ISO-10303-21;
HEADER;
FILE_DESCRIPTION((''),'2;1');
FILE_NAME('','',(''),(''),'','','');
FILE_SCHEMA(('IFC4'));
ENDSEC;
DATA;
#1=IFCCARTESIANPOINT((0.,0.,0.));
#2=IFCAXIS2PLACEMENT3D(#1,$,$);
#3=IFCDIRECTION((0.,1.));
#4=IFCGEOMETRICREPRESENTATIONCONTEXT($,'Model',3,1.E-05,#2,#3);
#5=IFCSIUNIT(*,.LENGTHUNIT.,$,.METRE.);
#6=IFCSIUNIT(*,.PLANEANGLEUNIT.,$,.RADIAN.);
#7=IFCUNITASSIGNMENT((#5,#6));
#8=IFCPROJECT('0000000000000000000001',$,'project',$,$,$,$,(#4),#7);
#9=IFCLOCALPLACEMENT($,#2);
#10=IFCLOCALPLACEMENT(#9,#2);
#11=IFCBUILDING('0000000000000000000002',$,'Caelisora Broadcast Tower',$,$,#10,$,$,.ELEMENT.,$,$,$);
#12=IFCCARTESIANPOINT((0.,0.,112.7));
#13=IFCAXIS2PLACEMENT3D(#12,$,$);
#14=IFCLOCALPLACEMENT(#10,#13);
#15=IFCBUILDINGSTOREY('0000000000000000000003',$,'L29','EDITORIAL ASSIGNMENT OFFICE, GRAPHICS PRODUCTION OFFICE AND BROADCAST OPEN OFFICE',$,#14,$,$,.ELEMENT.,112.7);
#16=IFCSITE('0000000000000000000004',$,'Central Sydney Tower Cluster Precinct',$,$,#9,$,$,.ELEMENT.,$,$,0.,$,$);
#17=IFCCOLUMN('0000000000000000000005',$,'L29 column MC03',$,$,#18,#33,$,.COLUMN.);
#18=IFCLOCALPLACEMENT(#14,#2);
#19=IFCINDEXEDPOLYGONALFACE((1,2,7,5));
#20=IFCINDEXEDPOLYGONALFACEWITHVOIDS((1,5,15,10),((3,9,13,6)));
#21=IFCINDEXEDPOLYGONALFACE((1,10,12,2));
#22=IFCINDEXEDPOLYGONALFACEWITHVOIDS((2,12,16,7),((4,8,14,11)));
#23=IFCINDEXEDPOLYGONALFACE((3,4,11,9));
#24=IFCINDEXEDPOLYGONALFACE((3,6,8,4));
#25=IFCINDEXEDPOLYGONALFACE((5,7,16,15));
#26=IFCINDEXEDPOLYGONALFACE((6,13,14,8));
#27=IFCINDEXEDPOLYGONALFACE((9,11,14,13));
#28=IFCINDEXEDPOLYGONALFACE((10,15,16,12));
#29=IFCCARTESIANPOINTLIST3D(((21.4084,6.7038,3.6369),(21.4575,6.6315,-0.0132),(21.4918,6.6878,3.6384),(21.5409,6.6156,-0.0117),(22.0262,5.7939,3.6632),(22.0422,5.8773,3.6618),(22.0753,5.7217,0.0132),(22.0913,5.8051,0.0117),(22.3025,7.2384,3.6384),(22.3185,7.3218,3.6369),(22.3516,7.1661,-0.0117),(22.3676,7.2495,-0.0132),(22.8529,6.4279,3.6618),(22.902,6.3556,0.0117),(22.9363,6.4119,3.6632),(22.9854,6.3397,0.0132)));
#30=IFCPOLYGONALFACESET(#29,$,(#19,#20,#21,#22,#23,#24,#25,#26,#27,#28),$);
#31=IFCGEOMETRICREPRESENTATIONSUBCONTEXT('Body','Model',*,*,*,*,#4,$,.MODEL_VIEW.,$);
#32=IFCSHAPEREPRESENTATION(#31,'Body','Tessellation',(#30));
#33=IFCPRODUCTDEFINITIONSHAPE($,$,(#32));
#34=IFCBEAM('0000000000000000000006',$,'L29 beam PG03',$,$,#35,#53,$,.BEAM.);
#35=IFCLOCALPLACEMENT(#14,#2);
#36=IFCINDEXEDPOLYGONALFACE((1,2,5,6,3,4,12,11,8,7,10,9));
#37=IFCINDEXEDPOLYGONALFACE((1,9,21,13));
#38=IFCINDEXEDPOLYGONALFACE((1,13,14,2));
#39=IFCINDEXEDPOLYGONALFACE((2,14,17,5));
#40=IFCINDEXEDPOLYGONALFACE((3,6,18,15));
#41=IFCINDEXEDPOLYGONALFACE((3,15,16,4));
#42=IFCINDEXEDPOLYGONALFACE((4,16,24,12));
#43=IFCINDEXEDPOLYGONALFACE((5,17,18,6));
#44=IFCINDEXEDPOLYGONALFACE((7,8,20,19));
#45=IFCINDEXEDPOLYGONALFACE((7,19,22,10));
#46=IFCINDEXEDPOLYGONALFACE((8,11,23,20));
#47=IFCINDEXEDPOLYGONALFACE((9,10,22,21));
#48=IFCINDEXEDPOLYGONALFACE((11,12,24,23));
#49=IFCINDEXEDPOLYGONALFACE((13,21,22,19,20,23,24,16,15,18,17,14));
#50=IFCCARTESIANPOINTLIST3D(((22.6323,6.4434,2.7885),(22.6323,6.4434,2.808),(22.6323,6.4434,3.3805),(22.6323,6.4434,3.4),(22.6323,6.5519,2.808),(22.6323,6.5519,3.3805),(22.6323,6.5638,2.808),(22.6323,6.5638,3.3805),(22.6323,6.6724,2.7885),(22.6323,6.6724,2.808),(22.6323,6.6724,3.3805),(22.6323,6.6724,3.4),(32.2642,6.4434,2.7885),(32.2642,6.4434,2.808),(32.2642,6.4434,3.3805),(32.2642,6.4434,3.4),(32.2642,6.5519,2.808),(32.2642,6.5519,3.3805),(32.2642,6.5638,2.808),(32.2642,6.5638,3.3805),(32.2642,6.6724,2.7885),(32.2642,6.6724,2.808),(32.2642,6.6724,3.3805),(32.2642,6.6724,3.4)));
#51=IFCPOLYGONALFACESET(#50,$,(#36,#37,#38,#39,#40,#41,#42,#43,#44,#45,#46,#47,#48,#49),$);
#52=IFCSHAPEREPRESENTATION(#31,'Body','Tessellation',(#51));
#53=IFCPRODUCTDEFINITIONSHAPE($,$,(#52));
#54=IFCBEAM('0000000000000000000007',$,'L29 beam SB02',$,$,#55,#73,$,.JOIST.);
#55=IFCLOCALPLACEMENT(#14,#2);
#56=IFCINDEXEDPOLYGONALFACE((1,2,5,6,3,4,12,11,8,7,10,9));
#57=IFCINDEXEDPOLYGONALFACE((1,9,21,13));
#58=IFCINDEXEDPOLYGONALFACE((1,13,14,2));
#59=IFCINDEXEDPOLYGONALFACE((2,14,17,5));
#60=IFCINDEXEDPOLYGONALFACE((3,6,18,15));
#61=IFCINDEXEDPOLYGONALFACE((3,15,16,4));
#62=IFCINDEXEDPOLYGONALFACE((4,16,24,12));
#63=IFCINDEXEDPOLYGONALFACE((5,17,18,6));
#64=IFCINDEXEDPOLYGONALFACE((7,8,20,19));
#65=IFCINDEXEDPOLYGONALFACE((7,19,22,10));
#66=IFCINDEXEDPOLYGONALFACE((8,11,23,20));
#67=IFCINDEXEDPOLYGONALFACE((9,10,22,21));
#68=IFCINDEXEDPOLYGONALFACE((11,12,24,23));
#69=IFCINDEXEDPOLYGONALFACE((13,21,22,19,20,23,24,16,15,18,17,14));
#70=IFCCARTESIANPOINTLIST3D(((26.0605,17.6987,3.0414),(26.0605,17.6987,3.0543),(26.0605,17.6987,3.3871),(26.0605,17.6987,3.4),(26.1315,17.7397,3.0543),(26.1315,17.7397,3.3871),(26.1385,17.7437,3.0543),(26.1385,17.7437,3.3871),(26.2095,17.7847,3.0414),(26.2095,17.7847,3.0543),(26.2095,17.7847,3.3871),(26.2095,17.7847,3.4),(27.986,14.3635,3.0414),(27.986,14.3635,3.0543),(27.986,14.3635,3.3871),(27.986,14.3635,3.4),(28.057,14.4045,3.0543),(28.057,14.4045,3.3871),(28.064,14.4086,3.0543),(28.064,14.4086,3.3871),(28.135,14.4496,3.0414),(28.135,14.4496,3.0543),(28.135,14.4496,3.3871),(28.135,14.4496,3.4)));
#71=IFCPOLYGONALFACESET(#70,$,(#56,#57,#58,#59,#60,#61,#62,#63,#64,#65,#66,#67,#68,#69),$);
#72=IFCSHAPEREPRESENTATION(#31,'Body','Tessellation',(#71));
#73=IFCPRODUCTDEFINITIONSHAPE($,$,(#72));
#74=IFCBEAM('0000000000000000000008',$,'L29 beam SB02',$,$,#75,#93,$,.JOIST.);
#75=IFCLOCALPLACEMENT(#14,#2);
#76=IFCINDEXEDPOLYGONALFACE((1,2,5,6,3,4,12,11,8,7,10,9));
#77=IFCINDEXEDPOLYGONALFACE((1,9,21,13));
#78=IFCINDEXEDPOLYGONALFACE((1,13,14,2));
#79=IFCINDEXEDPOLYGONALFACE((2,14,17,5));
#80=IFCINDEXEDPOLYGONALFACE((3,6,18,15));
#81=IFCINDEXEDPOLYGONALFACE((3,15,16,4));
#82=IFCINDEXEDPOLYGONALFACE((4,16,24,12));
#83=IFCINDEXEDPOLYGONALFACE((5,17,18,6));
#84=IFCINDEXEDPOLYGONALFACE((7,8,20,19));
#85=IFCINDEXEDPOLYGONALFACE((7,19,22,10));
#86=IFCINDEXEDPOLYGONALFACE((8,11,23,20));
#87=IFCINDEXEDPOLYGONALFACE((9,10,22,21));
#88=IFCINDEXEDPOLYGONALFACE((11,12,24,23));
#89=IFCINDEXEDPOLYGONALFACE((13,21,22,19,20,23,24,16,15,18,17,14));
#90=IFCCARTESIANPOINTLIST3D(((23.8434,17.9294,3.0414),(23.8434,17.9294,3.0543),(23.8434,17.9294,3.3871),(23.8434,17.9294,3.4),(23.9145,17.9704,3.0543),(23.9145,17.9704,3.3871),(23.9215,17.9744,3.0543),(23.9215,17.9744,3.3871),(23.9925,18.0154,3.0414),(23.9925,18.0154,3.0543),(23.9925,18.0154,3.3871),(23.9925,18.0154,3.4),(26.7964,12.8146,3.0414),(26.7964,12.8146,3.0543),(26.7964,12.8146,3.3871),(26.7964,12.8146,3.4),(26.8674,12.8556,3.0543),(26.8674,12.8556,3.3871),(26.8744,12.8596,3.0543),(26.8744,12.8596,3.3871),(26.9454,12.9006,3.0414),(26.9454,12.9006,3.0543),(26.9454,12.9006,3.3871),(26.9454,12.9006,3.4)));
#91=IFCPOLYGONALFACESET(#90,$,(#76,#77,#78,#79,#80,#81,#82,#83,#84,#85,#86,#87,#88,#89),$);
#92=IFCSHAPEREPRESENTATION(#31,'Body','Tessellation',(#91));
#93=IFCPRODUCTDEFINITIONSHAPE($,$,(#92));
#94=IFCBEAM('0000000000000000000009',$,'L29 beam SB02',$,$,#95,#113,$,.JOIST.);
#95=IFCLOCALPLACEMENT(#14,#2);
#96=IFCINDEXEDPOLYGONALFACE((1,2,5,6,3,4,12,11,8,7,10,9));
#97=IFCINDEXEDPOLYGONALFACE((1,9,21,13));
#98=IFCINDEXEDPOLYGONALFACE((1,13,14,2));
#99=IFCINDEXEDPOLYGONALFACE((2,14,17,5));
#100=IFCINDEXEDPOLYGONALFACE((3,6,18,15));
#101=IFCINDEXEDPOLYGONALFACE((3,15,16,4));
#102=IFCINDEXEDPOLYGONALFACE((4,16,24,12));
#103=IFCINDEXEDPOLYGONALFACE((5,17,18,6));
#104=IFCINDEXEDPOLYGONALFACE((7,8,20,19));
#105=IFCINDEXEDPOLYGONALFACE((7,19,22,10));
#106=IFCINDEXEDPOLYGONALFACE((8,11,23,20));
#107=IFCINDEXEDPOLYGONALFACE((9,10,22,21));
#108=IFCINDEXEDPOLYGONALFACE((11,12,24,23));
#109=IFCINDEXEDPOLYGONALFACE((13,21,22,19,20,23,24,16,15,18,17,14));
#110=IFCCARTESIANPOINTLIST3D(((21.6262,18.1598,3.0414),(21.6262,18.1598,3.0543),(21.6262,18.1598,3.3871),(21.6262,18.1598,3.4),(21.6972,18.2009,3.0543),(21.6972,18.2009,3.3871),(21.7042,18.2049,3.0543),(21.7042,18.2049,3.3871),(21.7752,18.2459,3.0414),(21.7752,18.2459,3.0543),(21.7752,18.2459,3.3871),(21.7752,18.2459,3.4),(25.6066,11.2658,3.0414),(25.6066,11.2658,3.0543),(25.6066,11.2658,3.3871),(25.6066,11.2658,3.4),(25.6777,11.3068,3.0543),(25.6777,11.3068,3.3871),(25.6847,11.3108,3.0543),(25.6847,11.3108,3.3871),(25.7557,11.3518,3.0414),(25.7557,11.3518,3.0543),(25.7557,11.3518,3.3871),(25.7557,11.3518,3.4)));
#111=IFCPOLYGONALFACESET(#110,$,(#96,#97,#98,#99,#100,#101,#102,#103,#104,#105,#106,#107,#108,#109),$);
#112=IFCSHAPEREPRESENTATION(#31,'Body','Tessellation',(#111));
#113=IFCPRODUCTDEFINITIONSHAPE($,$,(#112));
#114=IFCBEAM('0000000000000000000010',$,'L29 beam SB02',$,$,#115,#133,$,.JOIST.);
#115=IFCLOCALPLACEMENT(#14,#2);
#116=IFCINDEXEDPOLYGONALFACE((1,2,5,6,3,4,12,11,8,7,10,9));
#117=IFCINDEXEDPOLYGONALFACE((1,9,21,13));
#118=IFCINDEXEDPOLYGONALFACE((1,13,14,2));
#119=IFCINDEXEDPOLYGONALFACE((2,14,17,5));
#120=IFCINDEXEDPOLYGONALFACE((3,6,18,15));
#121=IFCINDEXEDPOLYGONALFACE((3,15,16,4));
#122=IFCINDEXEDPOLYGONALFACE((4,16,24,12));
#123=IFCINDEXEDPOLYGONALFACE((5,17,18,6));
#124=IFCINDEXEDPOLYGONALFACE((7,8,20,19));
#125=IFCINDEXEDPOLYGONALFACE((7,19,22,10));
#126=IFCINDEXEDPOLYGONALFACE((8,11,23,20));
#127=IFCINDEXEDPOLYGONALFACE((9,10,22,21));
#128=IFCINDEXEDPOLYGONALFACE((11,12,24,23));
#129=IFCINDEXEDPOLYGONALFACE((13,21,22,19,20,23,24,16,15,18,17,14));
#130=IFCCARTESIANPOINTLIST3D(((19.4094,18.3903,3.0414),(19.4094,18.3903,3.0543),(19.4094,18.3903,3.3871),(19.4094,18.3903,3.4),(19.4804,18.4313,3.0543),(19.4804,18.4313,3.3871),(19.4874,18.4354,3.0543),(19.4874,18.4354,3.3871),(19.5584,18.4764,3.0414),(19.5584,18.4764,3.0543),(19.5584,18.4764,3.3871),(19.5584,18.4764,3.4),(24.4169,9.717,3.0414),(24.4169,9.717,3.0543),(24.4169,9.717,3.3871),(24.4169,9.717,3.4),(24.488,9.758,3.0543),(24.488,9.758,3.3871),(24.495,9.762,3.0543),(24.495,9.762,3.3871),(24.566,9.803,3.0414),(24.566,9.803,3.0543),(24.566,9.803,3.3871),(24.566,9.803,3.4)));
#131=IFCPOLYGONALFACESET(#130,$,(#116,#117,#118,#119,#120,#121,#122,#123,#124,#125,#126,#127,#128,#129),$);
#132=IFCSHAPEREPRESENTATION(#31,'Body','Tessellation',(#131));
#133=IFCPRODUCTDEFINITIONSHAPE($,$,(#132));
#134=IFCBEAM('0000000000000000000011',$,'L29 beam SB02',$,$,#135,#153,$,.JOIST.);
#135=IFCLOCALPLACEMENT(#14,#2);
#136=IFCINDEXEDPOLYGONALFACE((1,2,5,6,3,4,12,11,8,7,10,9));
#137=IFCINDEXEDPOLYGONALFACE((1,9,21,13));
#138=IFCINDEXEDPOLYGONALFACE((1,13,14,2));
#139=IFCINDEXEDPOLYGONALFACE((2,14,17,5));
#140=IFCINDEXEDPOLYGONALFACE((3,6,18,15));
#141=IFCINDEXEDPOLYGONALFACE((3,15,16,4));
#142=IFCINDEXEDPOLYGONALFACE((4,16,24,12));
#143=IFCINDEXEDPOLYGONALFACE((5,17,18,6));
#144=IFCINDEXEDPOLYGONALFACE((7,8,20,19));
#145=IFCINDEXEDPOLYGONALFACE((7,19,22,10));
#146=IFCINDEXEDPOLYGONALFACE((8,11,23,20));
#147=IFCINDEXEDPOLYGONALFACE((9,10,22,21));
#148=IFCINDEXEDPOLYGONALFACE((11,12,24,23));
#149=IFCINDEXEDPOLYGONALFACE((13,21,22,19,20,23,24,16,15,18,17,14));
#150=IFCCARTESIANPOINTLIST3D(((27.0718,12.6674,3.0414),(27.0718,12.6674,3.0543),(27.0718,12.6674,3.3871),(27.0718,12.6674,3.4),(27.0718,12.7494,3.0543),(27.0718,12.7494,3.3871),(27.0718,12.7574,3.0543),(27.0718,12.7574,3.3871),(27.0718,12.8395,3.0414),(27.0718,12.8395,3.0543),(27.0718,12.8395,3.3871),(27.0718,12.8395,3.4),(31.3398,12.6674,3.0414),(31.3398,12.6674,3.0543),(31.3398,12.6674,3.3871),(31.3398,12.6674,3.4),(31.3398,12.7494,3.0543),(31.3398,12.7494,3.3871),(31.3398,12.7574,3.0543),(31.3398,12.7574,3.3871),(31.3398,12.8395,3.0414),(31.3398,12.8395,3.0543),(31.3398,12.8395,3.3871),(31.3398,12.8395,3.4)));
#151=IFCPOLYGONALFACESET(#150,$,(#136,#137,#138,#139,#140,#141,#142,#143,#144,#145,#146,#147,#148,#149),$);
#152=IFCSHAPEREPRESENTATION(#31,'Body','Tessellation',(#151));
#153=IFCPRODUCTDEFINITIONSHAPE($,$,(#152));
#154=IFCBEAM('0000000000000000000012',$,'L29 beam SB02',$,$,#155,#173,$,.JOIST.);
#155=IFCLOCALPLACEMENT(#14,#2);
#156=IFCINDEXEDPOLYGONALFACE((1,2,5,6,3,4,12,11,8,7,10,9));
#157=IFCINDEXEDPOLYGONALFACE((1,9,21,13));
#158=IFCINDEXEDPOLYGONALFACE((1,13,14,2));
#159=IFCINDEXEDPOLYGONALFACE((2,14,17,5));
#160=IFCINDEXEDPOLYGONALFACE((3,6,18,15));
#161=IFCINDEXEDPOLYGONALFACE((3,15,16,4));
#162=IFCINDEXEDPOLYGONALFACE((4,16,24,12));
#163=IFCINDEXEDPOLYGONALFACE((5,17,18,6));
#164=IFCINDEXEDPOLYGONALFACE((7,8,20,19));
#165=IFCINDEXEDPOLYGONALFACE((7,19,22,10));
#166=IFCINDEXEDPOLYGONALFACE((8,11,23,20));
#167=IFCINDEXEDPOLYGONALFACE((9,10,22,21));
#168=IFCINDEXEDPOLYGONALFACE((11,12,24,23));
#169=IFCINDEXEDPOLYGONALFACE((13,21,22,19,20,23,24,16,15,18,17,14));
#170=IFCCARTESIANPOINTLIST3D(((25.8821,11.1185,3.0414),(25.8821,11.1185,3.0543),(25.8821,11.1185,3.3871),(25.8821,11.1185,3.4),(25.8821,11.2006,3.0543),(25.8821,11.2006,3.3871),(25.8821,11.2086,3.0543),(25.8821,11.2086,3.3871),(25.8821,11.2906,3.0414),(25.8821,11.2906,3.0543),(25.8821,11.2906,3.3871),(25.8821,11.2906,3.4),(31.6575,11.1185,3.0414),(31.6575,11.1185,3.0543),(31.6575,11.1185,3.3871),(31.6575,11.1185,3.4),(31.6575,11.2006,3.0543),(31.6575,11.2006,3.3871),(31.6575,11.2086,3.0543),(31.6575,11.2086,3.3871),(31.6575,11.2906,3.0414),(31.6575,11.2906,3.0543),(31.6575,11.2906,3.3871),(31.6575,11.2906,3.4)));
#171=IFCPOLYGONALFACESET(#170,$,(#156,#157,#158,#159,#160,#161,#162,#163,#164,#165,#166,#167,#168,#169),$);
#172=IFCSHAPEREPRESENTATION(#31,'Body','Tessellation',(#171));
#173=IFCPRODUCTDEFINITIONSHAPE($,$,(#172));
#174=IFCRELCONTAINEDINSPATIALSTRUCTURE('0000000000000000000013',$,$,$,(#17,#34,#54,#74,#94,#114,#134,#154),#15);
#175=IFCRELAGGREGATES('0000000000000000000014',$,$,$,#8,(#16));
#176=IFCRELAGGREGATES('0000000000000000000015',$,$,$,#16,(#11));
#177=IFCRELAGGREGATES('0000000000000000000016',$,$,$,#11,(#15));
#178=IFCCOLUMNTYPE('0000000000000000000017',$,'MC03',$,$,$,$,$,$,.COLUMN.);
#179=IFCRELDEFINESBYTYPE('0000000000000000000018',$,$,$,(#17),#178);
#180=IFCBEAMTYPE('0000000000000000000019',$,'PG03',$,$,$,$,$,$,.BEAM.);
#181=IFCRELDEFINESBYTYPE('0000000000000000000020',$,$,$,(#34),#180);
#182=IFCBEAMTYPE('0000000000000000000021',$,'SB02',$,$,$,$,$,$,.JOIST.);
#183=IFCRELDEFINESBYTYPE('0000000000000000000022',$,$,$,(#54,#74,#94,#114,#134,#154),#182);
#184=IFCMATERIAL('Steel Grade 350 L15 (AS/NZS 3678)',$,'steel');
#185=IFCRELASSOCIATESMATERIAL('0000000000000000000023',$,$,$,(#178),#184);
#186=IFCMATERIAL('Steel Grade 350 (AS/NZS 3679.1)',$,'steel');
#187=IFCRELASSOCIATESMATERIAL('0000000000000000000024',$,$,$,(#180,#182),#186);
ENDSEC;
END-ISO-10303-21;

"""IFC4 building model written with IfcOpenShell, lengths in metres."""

from ifc_helpers import new_model, si_unit, direction, frame, origin, origin_2d, place, context, subcontext, project, spatial, hollow_rectangle, i_section, extrude, source, transform, mapped, material, material_profile, profile_set, type_object, type_shapes, element, save


model = new_model("IFC4")

# Units and contexts
model_context = context("Model", 3, precision=1e-05, world=origin(), true_north=direction((0.0, 1.0)))
body_context = subcontext(model_context, "Body", "Model", "MODEL_VIEW")
ifc_project = project(units=[si_unit("LENGTHUNIT", "METRE"), si_unit("PLANEANGLEUNIT", "RADIAN")], contexts=[model_context])

# Site, building, storey
site_placement = place(None, origin())
site = spatial("IfcSite", under=ifc_project, at=site_placement, Name="Central Sydney Tower Cluster Precinct", CompositionType="ELEMENT", RefElevation=0.0)
building_placement = place(site_placement, origin())
building = spatial("IfcBuilding", under=site, at=building_placement, Name="Caelisora Broadcast Tower", CompositionType="ELEMENT")
storey_placement = place(building_placement, frame((0.0, 0.0, 112.7)))
storey = spatial("IfcBuildingStorey", under=building, at=storey_placement, Name="L29", Description="EDITORIAL ASSIGNMENT OFFICE, GRAPHICS PRODUCTION OFFICE AND BROADCAST OPEN OFFICE", CompositionType="ELEMENT", Elevation=112.7)

# Column
ifc_material_1 = material(Name="Steel Grade 350 L15 (AS/NZS 3678)", Category="steel")
ifc_material_profile_1 = material_profile(ifc_material_1, hollow_rectangle(XDim=1.1001, YDim=1.1001, WallThickness=0.0601, at=origin_2d()), Name="Steel Grade 350 L15 (AS/NZS 3678)")
ifc_profile_set_1 = profile_set([ifc_material_profile_1], Name="Steel Grade 350 L15 (AS/NZS 3678)")
column_type = type_object("IfcColumnType", Name="MC03", PredefinedType="COLUMN", material=ifc_profile_set_1)
shared_shape_1 = source(origin(), body_context, "Body", "SweptSolid", [
    extrude(hollow_rectangle(XDim=1.1001, YDim=1.1001, WallThickness=0.0601, at=origin_2d()), origin(), (0.0, 0.0, 1.0), 3.6511),
])
type_shapes(column_type, [shared_shape_1])
column_placement = place(storey_placement, frame((22.2214, 6.4856, 0.0), z_axis=(-0.01344, 0.019792, 0.999714), x_axis=(-0.82729, -0.561775, 0.0)))
element("IfcColumn", 1, at=column_placement, inside=storey, type_object=column_type, Name="L29 column MC03", PredefinedType="COLUMN", context=body_context, shape_type="MappedRepresentation", body=[
    mapped(shared_shape_1, transform((0.0, 0.0, 0.0), scale=1.0)),
])

# Beams
ifc_material_2 = material(Name="Steel Grade 350 (AS/NZS 3679.1)", Category="steel")
ifc_material_profile_2 = material_profile(ifc_material_2, i_section(OverallWidth=0.229, OverallDepth=0.6116, WebThickness=0.012, FlangeThickness=0.0195, at=origin_2d()), Name="Steel Grade 350 (AS/NZS 3679.1)")
ifc_profile_set_2 = profile_set([ifc_material_profile_2], Name="Steel Grade 350 (AS/NZS 3679.1)")
beam_type_1 = type_object("IfcBeamType", Name="PG03", PredefinedType="BEAM", material=ifc_profile_set_2)
shared_shape_2 = source(origin(), body_context, "Body", "SweptSolid", [
    extrude(i_section(OverallWidth=0.229, OverallDepth=0.6116, WebThickness=0.012, FlangeThickness=0.0195, at=origin_2d()), origin(), (0.0, 0.0, 1.0), 9.6318),
])
type_shapes(beam_type_1, [shared_shape_2])
beam_1_placement = place(storey_placement, frame((22.6323, 6.5579, 3.0942), z_axis=(1.0, 0.0, 0.0), x_axis=(0.0, 1.0, 0.0)))
element("IfcBeam", 2, at=beam_1_placement, inside=storey, type_object=beam_type_1, Name="L29 beam PG03", PredefinedType="BEAM", context=body_context, shape_type="MappedRepresentation", body=[
    mapped(shared_shape_2, transform((0.0, 0.0, 0.0), scale=1.0)),
])
ifc_material_profile_3 = material_profile(ifc_material_2, i_section(OverallWidth=0.1721, OverallDepth=0.3586, WebThickness=0.0081, FlangeThickness=0.0129, at=origin_2d()), Name="Steel Grade 350 (AS/NZS 3679.1)")
ifc_profile_set_3 = profile_set([ifc_material_profile_3], Name="Steel Grade 350 (AS/NZS 3679.1)")
beam_type_2 = type_object("IfcBeamType", Name="SB02", PredefinedType="JOIST", material=ifc_profile_set_3)
shared_shape_3 = source(origin(), body_context, "Body", "SweptSolid", [
    extrude(i_section(OverallWidth=0.1721, OverallDepth=0.3586, WebThickness=0.0081, FlangeThickness=0.0129, at=origin_2d()), origin(), (0.0, 0.0, 1.0), 3.8511),
])
beam_2_placement = place(storey_placement, frame((26.135, 17.7417, 3.2207), z_axis=(0.499991, -0.86603, 0.0), x_axis=(0.86603, 0.499991, 0.0)))
element("IfcBeam", 3, at=beam_2_placement, inside=storey, type_object=beam_type_2, Name="L29 beam SB02", PredefinedType="JOIST", context=body_context, shape_type="MappedRepresentation", body=[
    mapped(shared_shape_3, transform((0.0, 0.0, 0.0), scale=1.0)),
])
shared_shape_4 = source(origin(), body_context, "Body", "SweptSolid", [
    extrude(i_section(OverallWidth=0.1721, OverallDepth=0.3586, WebThickness=0.0081, FlangeThickness=0.0129, at=origin_2d()), origin(), (0.0, 0.0, 1.0), 5.906),
])
beam_3_placement = place(storey_placement, frame((23.918, 17.9724, 3.2207), z_axis=(0.499985, -0.866034, 0.0), x_axis=(0.866034, 0.499985, 0.0)))
element("IfcBeam", 4, at=beam_3_placement, inside=storey, type_object=beam_type_2, Name="L29 beam SB02", PredefinedType="JOIST", context=body_context, shape_type="MappedRepresentation", body=[
    mapped(shared_shape_4, transform((0.0, 0.0, 0.0), scale=1.0)),
])
shared_shape_5 = source(origin(), body_context, "Body", "SweptSolid", [
    extrude(i_section(OverallWidth=0.1721, OverallDepth=0.3586, WebThickness=0.0081, FlangeThickness=0.0129, at=origin_2d()), origin(), (0.0, 0.0, 1.0), 7.9607),
])
beam_4_placement = place(storey_placement, frame((21.7007, 18.2029, 3.2207), z_axis=(0.500018, -0.866015, 0.0), x_axis=(0.866015, 0.500018, 0.0)))
element("IfcBeam", 5, at=beam_4_placement, inside=storey, type_object=beam_type_2, Name="L29 beam SB02", PredefinedType="JOIST", context=body_context, shape_type="MappedRepresentation", body=[
    mapped(shared_shape_5, transform((0.0, 0.0, 0.0), scale=1.0)),
])
shared_shape_6 = source(origin(), body_context, "Body", "SweptSolid", [
    extrude(i_section(OverallWidth=0.1721, OverallDepth=0.3586, WebThickness=0.0081, FlangeThickness=0.0129, at=origin_2d()), origin(), (0.0, 0.0, 1.0), 10.0151),
])
beam_5_placement = place(storey_placement, frame((19.4839, 18.4333, 3.2207), z_axis=(0.500001, -0.866025, 0.0), x_axis=(0.866025, 0.500001, 0.0)))
element("IfcBeam", 6, at=beam_5_placement, inside=storey, type_object=beam_type_2, Name="L29 beam SB02", PredefinedType="JOIST", context=body_context, shape_type="MappedRepresentation", body=[
    mapped(shared_shape_6, transform((0.0, 0.0, 0.0), scale=1.0)),
])
shared_shape_7 = source(origin(), body_context, "Body", "SweptSolid", [
    extrude(i_section(OverallWidth=0.1721, OverallDepth=0.3586, WebThickness=0.0081, FlangeThickness=0.0129, at=origin_2d()), origin(), (0.0, 0.0, 1.0), 4.2681),
])
beam_6_placement = place(storey_placement, frame((27.0718, 12.7534, 3.2207), z_axis=(1.0, 0.0, 0.0), x_axis=(0.0, 1.0, 0.0)))
element("IfcBeam", 7, at=beam_6_placement, inside=storey, type_object=beam_type_2, Name="L29 beam SB02", PredefinedType="JOIST", context=body_context, shape_type="MappedRepresentation", body=[
    mapped(shared_shape_7, transform((0.0, 0.0, 0.0), scale=1.0)),
])
shared_shape_8 = source(origin(), body_context, "Body", "SweptSolid", [
    extrude(i_section(OverallWidth=0.1721, OverallDepth=0.3586, WebThickness=0.0081, FlangeThickness=0.0129, at=origin_2d()), origin(), (0.0, 0.0, 1.0), 5.7754),
])
beam_7_placement = place(storey_placement, frame((25.8821, 11.2046, 3.2207), z_axis=(1.0, 0.0, 0.0), x_axis=(0.0, 1.0, 0.0)))
element("IfcBeam", 8, at=beam_7_placement, inside=storey, type_object=beam_type_2, Name="L29 beam SB02", PredefinedType="JOIST", context=body_context, shape_type="MappedRepresentation", body=[
    mapped(shared_shape_8, transform((0.0, 0.0, 0.0), scale=1.0)),
])

save(model, "model.ifc")
